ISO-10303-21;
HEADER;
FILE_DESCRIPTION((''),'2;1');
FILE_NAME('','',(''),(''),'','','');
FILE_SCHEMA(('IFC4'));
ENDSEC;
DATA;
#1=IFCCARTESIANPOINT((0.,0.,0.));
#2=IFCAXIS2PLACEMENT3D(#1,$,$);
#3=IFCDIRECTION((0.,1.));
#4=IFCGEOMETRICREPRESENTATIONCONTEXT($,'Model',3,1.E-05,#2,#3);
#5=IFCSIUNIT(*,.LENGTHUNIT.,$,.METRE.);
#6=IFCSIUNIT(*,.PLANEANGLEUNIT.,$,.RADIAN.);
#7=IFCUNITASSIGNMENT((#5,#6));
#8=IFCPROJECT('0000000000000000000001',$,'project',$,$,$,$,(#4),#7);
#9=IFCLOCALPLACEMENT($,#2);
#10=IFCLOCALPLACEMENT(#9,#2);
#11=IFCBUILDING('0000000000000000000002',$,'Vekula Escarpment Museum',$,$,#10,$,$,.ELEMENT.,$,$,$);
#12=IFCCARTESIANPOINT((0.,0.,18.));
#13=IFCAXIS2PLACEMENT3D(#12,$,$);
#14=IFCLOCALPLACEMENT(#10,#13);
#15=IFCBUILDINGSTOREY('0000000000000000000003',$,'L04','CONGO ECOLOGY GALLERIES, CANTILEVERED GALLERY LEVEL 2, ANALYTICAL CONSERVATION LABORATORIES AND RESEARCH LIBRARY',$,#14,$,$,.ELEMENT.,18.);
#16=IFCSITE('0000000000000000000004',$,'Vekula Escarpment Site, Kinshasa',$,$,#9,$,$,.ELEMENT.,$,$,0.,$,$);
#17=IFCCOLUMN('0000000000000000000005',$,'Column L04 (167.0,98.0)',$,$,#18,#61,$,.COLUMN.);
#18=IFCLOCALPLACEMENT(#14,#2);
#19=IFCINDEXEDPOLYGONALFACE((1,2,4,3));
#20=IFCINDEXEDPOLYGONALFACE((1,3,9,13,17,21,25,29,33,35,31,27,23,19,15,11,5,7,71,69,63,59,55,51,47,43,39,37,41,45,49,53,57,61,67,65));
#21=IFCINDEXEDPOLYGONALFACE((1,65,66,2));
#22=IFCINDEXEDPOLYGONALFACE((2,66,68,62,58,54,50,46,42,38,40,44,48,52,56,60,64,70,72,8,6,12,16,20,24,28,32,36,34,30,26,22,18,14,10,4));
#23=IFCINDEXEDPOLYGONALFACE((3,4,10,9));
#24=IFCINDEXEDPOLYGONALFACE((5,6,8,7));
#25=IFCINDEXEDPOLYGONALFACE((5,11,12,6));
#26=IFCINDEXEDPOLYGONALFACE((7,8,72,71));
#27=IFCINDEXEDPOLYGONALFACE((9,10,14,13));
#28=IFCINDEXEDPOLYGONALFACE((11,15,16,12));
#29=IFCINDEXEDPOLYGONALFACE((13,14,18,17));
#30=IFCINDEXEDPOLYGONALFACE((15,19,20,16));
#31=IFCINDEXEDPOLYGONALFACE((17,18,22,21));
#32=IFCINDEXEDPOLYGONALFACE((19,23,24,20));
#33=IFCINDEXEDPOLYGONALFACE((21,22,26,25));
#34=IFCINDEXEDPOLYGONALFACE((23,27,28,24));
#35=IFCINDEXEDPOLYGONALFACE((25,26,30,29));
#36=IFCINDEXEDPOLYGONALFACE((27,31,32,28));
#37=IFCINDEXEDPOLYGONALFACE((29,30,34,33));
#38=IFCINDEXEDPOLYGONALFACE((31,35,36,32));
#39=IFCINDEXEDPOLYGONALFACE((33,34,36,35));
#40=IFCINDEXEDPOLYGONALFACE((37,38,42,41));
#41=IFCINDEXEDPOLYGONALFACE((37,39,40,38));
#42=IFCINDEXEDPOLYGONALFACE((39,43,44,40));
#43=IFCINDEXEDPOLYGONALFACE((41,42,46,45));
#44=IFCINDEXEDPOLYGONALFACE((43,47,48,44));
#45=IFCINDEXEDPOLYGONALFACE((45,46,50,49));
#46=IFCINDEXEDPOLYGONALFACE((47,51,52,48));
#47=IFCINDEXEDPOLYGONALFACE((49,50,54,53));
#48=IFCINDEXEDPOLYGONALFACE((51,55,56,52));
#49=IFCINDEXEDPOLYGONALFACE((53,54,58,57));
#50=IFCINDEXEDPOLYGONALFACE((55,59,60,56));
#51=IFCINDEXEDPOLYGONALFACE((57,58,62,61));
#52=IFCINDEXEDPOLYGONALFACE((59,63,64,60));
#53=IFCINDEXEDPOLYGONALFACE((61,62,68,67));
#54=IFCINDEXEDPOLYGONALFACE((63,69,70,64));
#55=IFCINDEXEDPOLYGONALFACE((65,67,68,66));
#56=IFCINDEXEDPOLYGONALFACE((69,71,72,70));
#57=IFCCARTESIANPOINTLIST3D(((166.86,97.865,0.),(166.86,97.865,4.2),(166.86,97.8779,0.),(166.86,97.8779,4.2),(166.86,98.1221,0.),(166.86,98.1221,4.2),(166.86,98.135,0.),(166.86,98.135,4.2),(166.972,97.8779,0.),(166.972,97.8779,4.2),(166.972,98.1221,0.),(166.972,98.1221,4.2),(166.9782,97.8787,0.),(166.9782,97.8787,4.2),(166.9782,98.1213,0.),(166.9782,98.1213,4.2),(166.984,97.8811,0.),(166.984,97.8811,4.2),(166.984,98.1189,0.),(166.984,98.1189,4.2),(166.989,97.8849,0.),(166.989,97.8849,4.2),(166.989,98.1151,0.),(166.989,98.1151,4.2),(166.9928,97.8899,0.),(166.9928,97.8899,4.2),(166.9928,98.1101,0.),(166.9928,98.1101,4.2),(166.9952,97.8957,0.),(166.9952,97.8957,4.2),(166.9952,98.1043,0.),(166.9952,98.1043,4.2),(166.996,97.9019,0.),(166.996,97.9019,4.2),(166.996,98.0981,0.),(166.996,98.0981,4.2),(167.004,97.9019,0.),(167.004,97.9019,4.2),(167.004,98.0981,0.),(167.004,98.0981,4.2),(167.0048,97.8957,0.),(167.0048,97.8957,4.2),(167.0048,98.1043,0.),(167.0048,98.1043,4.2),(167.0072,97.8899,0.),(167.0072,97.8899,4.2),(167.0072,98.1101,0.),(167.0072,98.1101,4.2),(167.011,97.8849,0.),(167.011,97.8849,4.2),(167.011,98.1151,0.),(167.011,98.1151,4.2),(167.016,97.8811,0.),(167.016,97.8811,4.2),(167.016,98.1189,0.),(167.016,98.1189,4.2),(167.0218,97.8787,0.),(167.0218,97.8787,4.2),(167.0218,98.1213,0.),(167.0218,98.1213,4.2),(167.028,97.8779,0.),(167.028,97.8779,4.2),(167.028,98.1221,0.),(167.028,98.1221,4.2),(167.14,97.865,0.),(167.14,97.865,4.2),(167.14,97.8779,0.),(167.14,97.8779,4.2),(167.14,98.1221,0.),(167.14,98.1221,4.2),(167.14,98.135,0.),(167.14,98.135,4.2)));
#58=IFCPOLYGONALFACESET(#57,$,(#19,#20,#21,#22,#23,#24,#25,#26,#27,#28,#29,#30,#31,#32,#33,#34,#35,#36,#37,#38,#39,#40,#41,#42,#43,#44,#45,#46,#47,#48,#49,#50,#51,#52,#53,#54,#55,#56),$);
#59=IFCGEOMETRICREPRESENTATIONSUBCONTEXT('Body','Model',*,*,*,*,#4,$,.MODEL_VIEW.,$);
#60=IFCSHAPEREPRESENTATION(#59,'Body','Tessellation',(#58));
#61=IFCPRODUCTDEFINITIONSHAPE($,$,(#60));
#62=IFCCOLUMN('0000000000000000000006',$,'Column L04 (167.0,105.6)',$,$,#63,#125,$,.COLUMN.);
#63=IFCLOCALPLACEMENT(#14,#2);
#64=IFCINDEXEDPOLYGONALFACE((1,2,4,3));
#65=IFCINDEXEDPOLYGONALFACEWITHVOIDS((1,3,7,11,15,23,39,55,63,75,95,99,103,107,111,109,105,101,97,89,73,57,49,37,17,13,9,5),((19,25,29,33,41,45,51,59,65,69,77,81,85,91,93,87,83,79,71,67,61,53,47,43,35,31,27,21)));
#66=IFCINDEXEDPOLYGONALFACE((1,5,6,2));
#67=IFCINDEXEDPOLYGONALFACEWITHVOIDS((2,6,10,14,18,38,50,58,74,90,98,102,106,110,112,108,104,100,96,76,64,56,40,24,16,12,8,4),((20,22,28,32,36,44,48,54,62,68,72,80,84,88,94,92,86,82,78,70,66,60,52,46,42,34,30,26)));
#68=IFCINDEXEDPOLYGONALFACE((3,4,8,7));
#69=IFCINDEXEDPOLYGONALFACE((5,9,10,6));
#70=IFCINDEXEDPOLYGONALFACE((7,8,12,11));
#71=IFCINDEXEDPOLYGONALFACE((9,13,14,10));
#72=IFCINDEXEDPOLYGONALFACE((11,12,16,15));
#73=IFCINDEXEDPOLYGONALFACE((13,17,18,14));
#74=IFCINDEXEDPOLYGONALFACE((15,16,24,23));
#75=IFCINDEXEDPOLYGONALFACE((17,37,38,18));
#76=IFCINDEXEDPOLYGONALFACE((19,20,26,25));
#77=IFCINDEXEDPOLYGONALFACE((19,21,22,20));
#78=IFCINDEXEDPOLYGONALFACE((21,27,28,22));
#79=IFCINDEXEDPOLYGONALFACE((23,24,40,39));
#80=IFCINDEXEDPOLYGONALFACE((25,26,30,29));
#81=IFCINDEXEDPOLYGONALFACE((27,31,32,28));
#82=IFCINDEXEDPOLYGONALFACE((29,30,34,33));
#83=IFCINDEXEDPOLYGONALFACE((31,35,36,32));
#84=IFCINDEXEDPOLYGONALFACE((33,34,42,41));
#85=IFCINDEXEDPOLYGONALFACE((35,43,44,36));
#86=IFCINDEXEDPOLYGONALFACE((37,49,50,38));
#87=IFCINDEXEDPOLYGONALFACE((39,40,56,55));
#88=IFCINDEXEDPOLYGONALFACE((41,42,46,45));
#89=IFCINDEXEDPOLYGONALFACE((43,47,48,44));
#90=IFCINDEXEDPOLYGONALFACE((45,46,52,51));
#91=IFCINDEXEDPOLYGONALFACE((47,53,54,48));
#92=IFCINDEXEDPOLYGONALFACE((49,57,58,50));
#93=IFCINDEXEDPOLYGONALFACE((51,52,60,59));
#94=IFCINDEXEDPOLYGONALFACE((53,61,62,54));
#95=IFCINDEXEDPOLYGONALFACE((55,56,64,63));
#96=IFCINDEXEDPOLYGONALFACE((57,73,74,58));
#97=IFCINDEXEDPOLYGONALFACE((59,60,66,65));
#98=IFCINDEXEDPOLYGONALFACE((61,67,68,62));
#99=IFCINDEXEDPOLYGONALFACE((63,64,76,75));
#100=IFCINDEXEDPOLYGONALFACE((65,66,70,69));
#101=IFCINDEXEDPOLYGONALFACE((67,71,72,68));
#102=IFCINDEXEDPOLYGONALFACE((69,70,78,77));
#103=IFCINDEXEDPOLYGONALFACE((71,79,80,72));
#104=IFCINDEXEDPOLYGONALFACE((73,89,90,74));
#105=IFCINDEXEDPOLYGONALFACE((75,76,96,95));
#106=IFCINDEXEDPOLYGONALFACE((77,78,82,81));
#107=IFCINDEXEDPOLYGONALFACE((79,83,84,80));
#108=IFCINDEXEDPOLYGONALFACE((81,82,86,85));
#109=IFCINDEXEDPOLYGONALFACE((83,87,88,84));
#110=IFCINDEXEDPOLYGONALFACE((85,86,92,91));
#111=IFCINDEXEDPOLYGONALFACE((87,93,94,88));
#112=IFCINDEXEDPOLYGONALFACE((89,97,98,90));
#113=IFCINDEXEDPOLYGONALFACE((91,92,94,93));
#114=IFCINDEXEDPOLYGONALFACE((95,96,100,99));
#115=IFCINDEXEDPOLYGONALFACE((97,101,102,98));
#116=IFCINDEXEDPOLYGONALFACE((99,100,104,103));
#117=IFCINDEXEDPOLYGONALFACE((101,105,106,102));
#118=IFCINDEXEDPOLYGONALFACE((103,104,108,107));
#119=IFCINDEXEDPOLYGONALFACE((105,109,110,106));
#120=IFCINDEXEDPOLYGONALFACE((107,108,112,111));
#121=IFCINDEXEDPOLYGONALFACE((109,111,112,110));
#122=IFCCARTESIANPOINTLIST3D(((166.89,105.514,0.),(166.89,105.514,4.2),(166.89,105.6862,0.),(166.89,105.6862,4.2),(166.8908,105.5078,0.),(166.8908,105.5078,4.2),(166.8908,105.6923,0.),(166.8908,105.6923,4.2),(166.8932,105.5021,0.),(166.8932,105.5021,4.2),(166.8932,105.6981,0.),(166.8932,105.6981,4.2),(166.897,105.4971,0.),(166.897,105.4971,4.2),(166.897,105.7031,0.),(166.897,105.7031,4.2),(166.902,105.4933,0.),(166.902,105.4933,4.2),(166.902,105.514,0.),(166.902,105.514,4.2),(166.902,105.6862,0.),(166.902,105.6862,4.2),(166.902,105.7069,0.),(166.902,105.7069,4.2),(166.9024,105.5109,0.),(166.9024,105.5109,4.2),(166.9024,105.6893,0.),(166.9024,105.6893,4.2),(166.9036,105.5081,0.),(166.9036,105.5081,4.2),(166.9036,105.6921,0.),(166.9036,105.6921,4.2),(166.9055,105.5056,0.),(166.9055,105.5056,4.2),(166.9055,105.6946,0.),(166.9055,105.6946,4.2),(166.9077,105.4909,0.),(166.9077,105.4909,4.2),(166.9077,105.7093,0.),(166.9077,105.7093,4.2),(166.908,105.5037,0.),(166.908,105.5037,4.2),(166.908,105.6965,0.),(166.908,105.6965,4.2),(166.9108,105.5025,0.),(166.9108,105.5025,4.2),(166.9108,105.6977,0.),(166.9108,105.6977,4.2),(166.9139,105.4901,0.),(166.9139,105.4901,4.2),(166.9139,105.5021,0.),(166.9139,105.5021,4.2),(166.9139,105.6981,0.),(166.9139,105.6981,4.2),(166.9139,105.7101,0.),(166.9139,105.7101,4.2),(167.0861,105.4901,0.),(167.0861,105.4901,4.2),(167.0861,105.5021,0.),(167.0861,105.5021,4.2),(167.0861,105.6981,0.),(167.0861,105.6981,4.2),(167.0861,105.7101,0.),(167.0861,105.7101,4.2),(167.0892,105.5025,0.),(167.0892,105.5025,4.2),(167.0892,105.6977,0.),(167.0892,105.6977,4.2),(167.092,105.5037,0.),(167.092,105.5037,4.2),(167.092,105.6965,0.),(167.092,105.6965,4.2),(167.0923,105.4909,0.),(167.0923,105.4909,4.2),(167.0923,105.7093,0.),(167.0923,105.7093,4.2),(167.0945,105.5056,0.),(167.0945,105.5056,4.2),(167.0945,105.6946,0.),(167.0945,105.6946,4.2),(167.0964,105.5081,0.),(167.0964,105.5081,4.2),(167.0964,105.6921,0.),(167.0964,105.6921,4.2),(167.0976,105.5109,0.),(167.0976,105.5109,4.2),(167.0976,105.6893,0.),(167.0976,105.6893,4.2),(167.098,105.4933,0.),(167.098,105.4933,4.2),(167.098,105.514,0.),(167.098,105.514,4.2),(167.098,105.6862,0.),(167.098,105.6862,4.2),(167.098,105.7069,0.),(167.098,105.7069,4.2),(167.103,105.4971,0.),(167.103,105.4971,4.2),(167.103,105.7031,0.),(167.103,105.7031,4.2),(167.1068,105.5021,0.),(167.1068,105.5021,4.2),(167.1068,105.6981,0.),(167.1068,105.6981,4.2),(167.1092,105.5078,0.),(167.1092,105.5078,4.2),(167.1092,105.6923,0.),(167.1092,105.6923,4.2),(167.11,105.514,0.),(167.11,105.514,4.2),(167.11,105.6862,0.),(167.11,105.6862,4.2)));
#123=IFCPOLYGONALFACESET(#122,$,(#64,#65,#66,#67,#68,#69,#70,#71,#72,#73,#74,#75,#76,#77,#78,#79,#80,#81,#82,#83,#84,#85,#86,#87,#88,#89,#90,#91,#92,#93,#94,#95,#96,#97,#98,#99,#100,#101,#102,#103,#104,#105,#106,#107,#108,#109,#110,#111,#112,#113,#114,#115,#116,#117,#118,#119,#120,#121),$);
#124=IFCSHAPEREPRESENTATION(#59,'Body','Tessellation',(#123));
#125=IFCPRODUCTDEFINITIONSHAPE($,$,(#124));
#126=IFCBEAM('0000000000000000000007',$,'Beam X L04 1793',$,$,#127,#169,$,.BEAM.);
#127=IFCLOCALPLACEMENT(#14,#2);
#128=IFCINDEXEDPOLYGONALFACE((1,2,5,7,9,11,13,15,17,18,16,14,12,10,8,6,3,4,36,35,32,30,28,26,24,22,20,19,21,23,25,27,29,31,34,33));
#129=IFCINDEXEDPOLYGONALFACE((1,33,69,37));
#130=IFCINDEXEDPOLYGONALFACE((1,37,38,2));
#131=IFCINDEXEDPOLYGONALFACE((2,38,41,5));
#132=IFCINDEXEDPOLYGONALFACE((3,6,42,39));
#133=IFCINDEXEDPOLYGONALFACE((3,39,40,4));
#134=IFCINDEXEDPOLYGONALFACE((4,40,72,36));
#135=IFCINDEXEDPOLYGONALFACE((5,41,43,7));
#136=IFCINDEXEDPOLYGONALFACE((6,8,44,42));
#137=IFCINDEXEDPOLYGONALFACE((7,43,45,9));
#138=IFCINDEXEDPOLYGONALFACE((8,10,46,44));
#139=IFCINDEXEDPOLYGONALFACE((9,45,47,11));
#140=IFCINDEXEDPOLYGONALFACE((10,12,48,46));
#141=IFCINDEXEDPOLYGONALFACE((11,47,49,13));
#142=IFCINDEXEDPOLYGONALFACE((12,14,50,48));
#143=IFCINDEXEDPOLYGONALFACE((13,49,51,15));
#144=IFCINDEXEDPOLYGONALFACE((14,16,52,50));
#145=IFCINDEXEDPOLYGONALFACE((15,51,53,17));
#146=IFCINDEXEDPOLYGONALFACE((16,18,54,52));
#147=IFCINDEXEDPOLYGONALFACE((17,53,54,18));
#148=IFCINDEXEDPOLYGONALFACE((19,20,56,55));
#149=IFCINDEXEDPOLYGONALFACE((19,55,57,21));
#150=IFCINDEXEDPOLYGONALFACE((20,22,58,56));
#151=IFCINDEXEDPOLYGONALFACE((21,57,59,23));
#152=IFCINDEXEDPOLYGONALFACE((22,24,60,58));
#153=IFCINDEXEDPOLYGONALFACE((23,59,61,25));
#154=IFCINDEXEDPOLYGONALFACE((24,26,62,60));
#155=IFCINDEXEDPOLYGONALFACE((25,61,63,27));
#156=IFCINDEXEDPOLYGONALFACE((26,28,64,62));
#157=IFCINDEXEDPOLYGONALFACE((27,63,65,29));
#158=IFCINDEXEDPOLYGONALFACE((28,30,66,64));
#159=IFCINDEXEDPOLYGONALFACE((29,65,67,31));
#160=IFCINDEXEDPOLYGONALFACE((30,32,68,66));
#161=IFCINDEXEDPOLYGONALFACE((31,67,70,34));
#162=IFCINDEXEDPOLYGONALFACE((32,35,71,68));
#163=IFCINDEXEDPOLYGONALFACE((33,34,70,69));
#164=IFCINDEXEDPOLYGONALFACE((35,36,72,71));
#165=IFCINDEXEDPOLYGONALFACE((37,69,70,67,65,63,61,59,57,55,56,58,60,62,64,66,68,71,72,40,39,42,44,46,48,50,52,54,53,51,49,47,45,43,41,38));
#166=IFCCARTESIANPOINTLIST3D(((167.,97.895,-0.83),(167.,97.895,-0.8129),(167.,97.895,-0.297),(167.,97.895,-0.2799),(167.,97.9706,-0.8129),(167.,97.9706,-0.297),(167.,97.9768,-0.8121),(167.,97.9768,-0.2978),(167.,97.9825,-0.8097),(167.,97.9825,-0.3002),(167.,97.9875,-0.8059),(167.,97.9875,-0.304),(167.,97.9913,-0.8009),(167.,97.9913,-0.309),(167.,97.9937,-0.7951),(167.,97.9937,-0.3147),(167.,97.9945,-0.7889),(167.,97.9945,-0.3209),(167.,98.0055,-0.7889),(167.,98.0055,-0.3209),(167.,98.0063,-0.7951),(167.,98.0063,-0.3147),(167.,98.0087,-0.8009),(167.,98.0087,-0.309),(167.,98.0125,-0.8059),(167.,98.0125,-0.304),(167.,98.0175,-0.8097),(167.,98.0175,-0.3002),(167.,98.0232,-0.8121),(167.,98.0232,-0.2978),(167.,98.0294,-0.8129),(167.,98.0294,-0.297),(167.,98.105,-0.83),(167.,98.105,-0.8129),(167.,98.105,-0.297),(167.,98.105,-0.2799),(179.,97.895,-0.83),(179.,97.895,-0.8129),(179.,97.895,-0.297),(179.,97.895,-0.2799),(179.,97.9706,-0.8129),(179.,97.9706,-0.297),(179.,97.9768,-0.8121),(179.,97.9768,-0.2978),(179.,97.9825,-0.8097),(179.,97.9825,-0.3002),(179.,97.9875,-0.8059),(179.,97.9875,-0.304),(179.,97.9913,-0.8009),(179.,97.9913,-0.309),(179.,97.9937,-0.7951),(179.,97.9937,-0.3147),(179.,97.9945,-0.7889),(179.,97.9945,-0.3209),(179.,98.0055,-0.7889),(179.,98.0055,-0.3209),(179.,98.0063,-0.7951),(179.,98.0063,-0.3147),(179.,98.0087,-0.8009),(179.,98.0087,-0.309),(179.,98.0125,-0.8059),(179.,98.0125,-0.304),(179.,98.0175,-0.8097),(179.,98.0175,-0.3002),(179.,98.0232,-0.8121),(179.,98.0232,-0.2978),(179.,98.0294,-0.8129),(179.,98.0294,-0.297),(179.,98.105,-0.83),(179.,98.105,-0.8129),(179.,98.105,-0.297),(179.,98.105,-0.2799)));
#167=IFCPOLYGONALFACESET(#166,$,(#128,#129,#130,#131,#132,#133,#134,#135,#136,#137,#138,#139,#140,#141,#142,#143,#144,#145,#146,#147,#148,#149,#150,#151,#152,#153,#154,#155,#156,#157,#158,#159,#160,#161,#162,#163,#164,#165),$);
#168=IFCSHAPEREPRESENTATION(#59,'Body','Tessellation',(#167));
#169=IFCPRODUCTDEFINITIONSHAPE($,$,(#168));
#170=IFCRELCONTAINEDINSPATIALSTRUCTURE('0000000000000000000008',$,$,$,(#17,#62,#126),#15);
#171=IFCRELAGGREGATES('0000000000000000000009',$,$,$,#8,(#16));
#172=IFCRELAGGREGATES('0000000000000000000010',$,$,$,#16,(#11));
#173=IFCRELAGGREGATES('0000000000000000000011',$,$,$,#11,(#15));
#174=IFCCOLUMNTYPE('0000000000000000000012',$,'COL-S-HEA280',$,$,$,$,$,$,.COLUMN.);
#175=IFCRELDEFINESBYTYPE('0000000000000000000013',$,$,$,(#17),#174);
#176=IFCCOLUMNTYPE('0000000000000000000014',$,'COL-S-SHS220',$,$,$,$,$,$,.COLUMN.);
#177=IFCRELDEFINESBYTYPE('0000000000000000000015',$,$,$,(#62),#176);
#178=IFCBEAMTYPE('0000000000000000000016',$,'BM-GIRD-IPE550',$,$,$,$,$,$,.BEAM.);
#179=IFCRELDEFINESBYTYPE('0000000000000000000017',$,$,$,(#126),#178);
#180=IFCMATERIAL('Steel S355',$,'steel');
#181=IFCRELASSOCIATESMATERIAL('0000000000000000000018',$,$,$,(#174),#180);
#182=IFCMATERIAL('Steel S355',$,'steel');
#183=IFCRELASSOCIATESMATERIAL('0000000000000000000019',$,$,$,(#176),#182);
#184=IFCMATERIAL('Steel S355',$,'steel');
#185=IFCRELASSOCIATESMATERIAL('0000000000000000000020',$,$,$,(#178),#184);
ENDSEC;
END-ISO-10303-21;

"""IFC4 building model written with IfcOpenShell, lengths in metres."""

from ifc_helpers import new_model, si_unit, direction, frame, origin, origin_2d, place, context, subcontext, project, spatial, hollow_rectangle, i_section, extrude, material, material_profile, profile_set, type_object, element, save


model = new_model("IFC4")

# Units and contexts
model_context = context("Model", 3, precision=1e-05, world=origin(), true_north=direction((0.0, 1.0)))
body_context = subcontext(model_context, "Body", "Model", "MODEL_VIEW")
ifc_project = project(units=[si_unit("LENGTHUNIT", "METRE"), si_unit("PLANEANGLEUNIT", "RADIAN")], contexts=[model_context])

# Site, building, storey
site_placement = place(None, origin())
site = spatial("IfcSite", under=ifc_project, at=site_placement, Name="Vekula Escarpment Site, Kinshasa", CompositionType="ELEMENT", RefElevation=0.0)
building_placement = place(site_placement, origin())
building = spatial("IfcBuilding", under=site, at=building_placement, Name="Vekula Escarpment Museum", CompositionType="ELEMENT")
storey_placement = place(building_placement, frame((0.0, 0.0, 18.0)))
storey = spatial("IfcBuildingStorey", under=building, at=storey_placement, Name="L04", Description="CONGO ECOLOGY GALLERIES, CANTILEVERED GALLERY LEVEL 2, ANALYTICAL CONSERVATION LABORATORIES AND RESEARCH LIBRARY", CompositionType="ELEMENT", Elevation=18.0)

# Columns
ifc_material_1 = material(Name="Steel S355", Category="steel")
ifc_material_profile_1 = material_profile(ifc_material_1, i_section(OverallWidth=0.28, OverallDepth=0.27, WebThickness=0.0081, FlangeThickness=0.0129, FilletRadius=0.0239, at=origin_2d()), Name="HEA 280")
ifc_profile_set_1 = profile_set([ifc_material_profile_1], Name="Steel S355")
column_type_1 = type_object("IfcColumnType", Name="COL-S-HEA280", PredefinedType="COLUMN", material=ifc_profile_set_1)
column_1_placement = place(storey_placement, frame((167.0, 98.0, 0.0), z_axis=(0.0, 0.0, 1.0), x_axis=(1.0, 0.0, 0.0)))
element("IfcColumn", 1, at=column_1_placement, inside=storey, type_object=column_type_1, Name="Column L04 (167.0,98.0)", PredefinedType="COLUMN", context=body_context, shape_type="SweptSolid", body=[
    extrude(i_section(OverallWidth=0.28, OverallDepth=0.27, WebThickness=0.0081, FlangeThickness=0.0129, FilletRadius=0.0239, at=origin_2d()), origin(), (0.0, 0.0, 1.0), 4.2),
])
ifc_material_2 = material(Name="Steel S355", Category="steel")
ifc_material_profile_2 = material_profile(ifc_material_2, hollow_rectangle(XDim=0.22, YDim=0.22, WallThickness=0.012, InnerFilletRadius=0.012, OuterFilletRadius=0.0239, at=origin_2d()), Name="SHS 220x220x12")
ifc_profile_set_2 = profile_set([ifc_material_profile_2], Name="Steel S355")
column_type_2 = type_object("IfcColumnType", Name="COL-S-SHS220", PredefinedType="COLUMN", material=ifc_profile_set_2)
column_2_placement = place(storey_placement, frame((167.0, 105.6001, 0.0), z_axis=(0.0, 0.0, 1.0), x_axis=(1.0, 0.0, 0.0)))
element("IfcColumn", 2, at=column_2_placement, inside=storey, type_object=column_type_2, Name="Column L04 (167.0,105.6)", PredefinedType="COLUMN", context=body_context, shape_type="SweptSolid", body=[
    extrude(hollow_rectangle(XDim=0.22, YDim=0.22, WallThickness=0.012, InnerFilletRadius=0.012, OuterFilletRadius=0.0239, at=origin_2d()), origin(), (0.0, 0.0, 1.0), 4.2),
])

# Beam
ifc_material_3 = material(Name="Steel S355", Category="steel")
ifc_material_profile_3 = material_profile(ifc_material_3, i_section(OverallWidth=0.21, OverallDepth=0.55, WebThickness=0.011, FlangeThickness=0.0171, FilletRadius=0.0239, at=origin_2d()), Name="IPE 550")
ifc_profile_set_3 = profile_set([ifc_material_profile_3], Name="Steel S355")
beam_type_1 = type_object("IfcBeamType", Name="BM-GIRD-IPE550", PredefinedType="BEAM", material=ifc_profile_set_3)
beam_1_placement = place(storey_placement, frame((167.0, 98.0, -0.5549), z_axis=(1.0, 0.0, 0.0), x_axis=(0.0, 1.0, 0.0)))
element("IfcBeam", 3, at=beam_1_placement, inside=storey, type_object=beam_type_1, Name="Beam X L04 1793", PredefinedType="BEAM", context=body_context, shape_type="SweptSolid", body=[
    extrude(i_section(OverallWidth=0.21, OverallDepth=0.55, WebThickness=0.011, FlangeThickness=0.0171, FilletRadius=0.0239, at=origin_2d()), origin(), (0.0, 0.0, 1.0), 12.0),
])

save(model, "model.ifc")
